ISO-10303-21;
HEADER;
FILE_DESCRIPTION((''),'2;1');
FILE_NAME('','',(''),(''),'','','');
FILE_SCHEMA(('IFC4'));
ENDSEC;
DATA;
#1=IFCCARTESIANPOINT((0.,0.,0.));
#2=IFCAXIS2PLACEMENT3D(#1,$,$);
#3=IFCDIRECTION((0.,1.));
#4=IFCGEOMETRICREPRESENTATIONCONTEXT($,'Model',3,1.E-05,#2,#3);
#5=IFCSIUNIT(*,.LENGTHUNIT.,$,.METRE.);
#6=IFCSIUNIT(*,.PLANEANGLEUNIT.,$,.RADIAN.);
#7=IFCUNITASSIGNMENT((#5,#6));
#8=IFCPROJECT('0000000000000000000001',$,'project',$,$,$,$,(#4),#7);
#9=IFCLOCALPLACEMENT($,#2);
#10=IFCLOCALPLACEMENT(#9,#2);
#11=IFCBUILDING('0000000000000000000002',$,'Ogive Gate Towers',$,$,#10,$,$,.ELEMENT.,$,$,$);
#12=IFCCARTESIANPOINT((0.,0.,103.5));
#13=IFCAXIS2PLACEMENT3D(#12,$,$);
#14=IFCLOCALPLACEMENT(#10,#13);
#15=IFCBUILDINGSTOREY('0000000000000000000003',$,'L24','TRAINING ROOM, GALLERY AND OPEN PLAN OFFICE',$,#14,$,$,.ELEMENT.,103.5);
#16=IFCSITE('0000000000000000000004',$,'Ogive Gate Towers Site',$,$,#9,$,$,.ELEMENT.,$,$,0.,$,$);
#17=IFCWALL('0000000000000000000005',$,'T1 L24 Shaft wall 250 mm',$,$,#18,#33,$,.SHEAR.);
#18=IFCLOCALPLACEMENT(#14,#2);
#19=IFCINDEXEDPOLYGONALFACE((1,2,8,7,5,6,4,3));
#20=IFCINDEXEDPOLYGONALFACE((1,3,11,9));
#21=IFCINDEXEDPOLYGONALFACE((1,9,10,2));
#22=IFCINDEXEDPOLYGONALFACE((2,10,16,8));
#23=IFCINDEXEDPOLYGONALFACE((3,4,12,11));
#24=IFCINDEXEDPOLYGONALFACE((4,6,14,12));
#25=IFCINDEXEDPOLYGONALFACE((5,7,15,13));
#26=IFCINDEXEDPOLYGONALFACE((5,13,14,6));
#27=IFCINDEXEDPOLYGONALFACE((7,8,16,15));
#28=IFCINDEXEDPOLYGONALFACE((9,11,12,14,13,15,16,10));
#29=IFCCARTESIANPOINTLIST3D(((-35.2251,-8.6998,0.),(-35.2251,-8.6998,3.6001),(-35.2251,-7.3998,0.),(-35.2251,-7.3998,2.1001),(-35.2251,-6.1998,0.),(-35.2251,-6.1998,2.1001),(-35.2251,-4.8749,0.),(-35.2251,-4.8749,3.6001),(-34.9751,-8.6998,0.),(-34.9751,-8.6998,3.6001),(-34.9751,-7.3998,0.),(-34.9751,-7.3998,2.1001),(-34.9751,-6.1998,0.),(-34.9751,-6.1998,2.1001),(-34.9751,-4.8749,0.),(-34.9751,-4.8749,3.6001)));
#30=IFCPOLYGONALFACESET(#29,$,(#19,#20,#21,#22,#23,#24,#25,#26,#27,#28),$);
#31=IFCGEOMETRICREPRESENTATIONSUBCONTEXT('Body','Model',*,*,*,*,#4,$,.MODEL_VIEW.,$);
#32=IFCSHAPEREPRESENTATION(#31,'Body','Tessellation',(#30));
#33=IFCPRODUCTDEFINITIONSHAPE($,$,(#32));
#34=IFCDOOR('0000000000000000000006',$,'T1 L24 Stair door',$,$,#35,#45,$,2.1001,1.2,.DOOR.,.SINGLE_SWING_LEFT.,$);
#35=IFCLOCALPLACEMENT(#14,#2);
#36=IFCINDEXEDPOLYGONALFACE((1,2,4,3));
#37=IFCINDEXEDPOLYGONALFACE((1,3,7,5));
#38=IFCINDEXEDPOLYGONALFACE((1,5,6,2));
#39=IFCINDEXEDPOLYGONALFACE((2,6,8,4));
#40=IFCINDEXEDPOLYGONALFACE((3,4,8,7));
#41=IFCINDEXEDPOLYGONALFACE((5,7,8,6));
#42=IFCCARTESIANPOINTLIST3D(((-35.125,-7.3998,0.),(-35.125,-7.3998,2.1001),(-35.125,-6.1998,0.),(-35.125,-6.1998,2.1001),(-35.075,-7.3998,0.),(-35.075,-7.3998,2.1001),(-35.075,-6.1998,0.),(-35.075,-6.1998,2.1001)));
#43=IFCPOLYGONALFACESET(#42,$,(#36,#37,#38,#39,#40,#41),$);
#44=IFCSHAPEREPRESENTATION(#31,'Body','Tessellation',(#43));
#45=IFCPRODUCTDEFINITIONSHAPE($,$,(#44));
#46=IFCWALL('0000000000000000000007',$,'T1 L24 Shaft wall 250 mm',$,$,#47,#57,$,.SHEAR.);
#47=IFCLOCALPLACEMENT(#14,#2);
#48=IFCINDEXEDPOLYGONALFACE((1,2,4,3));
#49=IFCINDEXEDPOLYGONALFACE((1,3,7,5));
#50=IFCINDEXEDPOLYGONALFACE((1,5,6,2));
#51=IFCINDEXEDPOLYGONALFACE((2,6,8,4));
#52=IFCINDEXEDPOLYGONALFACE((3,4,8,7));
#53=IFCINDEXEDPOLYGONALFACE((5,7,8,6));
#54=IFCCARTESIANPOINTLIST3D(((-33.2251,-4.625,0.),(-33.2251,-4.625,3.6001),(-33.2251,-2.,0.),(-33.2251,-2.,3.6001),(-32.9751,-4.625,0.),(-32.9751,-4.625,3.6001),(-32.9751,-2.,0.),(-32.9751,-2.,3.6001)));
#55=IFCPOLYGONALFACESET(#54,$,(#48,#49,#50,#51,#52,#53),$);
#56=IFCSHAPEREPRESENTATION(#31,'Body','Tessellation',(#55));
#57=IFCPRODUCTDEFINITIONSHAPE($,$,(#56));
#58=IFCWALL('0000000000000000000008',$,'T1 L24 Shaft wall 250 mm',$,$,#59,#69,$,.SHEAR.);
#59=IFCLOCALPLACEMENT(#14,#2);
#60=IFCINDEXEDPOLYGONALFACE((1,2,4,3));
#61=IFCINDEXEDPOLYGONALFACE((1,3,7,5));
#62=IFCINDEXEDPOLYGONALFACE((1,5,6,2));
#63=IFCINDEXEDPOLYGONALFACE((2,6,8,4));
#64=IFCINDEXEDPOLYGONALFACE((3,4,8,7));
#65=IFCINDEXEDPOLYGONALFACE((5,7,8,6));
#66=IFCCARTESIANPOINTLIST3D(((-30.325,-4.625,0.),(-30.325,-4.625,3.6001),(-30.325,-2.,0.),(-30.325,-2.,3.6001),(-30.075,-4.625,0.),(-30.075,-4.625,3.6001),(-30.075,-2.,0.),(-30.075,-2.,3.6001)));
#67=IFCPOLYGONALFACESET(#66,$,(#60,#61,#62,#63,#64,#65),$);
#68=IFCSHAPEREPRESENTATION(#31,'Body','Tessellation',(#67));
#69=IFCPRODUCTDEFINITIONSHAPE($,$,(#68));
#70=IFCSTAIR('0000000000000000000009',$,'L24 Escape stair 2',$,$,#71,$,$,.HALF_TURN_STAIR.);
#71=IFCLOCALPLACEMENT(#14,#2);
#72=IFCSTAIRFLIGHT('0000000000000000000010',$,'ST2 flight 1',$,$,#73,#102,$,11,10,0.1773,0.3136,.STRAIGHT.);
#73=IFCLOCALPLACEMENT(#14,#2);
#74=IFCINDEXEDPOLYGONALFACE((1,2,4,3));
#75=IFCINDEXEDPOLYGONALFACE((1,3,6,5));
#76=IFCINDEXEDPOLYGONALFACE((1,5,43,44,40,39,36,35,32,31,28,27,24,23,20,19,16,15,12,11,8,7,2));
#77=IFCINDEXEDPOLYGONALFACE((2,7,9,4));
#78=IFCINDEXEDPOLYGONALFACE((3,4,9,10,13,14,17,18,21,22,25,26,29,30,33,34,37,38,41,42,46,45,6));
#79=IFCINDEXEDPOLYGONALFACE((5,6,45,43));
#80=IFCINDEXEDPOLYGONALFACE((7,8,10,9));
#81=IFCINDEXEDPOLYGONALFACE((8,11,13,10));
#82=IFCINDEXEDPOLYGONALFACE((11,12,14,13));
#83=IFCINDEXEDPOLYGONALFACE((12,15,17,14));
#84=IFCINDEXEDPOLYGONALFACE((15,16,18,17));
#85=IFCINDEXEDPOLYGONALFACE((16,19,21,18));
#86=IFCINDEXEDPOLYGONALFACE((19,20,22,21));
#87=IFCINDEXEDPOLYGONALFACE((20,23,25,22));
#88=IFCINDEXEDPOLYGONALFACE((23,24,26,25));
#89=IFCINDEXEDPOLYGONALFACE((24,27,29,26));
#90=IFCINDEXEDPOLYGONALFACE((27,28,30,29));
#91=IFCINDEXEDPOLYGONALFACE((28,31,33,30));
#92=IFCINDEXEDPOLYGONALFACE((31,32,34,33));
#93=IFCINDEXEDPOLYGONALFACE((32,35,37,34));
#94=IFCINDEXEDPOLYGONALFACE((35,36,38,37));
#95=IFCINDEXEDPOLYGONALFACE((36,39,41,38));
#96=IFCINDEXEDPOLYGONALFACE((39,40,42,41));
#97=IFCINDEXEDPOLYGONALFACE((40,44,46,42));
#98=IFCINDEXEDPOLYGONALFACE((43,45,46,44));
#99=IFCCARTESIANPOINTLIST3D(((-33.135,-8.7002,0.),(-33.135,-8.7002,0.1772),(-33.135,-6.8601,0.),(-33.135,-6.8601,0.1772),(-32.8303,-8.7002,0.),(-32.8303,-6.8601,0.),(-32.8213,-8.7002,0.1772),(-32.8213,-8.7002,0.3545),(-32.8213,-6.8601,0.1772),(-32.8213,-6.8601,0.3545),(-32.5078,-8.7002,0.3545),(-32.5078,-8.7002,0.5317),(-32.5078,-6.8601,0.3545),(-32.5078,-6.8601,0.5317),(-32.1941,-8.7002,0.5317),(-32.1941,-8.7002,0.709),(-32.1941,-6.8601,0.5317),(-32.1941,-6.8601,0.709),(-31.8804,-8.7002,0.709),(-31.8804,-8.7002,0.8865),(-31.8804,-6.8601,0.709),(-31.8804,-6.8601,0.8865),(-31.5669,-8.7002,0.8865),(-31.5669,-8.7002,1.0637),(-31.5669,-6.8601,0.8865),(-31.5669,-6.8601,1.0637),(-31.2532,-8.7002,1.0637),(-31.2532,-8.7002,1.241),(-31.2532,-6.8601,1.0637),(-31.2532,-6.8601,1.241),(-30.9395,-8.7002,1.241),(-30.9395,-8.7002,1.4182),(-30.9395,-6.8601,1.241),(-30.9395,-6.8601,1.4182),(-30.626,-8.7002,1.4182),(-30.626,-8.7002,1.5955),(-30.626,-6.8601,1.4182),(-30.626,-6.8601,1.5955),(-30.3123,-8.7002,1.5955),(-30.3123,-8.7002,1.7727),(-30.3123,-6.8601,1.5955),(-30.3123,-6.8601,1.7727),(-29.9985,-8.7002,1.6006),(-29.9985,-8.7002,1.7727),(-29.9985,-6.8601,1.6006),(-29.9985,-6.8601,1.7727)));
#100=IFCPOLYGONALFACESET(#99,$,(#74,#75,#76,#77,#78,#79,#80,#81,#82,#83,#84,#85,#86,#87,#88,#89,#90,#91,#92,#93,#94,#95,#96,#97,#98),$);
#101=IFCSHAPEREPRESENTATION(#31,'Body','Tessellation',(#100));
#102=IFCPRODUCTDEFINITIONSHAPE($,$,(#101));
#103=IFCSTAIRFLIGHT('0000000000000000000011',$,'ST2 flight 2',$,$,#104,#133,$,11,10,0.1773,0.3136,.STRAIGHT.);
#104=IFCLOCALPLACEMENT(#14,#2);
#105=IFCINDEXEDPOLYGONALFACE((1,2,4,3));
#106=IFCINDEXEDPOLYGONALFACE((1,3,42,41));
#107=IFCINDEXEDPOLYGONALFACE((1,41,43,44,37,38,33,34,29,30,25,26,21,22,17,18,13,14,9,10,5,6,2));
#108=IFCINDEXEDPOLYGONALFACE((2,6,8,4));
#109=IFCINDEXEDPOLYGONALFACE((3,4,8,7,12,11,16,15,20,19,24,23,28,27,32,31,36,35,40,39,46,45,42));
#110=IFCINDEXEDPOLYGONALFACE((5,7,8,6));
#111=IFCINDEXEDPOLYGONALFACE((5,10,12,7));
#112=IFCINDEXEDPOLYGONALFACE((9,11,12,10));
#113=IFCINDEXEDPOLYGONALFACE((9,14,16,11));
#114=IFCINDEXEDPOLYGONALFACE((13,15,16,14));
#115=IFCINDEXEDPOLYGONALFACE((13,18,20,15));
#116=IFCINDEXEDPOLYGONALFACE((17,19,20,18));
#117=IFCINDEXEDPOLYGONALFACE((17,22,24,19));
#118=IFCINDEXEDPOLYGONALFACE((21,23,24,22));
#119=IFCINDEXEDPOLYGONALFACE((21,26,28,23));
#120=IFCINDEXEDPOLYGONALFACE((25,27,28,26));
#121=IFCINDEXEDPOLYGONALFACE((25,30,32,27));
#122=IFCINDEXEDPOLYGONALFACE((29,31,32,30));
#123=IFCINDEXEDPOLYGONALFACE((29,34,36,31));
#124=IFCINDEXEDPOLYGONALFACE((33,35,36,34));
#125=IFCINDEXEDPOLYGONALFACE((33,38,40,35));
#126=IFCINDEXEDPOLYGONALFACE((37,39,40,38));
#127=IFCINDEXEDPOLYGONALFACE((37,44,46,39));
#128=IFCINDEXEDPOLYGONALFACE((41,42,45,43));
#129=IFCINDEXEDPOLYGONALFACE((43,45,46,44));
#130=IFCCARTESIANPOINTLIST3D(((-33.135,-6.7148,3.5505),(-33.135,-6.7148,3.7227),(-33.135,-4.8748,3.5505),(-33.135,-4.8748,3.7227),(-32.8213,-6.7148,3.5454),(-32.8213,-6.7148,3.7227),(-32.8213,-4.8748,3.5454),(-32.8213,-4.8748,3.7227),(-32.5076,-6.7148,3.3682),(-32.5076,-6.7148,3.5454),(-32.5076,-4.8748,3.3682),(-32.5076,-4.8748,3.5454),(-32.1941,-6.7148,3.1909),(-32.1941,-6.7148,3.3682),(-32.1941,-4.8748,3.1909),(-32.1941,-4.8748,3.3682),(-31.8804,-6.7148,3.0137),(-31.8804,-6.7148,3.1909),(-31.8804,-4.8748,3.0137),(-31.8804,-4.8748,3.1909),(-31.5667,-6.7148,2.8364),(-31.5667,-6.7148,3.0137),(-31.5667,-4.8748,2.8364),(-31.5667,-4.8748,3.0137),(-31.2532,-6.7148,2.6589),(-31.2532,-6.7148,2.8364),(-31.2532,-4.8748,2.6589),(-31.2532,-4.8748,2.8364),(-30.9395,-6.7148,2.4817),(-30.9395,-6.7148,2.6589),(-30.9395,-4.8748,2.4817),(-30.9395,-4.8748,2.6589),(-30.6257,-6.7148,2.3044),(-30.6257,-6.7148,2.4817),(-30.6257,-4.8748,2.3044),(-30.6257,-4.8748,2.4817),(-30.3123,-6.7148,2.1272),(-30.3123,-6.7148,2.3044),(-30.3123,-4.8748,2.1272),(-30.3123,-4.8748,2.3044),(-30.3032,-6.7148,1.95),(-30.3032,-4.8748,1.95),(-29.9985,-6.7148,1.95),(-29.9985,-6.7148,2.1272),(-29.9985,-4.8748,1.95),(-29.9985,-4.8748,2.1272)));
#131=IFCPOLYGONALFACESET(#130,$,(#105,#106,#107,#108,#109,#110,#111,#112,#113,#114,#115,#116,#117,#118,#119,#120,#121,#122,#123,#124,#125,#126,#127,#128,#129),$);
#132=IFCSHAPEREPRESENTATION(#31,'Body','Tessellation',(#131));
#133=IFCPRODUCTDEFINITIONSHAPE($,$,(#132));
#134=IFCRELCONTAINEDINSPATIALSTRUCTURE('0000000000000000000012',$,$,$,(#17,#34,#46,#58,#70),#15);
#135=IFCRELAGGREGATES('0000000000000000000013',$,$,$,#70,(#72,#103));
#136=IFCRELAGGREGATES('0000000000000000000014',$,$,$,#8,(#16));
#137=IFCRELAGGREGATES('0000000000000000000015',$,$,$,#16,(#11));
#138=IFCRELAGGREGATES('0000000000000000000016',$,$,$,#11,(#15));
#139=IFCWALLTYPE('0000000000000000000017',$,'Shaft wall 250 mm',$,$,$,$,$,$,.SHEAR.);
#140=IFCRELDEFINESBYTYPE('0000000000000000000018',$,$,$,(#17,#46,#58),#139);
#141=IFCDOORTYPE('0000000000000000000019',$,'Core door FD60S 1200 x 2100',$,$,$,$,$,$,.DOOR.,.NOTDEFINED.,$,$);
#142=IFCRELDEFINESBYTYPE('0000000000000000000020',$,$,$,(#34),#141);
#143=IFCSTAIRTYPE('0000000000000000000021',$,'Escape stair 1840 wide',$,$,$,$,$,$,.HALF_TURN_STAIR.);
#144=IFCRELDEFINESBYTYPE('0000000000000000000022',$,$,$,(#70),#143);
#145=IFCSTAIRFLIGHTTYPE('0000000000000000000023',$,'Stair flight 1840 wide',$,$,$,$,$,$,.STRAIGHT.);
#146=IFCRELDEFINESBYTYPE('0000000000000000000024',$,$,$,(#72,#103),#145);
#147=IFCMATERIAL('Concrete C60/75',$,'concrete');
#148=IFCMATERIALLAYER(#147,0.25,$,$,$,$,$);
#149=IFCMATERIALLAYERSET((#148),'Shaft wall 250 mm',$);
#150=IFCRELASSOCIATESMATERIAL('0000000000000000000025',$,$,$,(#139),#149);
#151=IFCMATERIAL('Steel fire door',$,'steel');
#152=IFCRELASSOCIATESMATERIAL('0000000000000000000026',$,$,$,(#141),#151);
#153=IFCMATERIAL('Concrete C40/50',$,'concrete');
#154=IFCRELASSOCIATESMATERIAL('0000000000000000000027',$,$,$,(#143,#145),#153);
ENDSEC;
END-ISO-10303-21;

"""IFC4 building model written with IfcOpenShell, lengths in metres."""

from ifc_helpers import new_model, si_unit, direction, frame, frame_2d, origin, place, context, subcontext, project, spatial, polyline, rectangle, outline, extrude, material, layer, layer_set, type_object, element, fill, aggregate, save


model = new_model("IFC4")

# Units and contexts
model_context = context("Model", 3, precision=1e-05, world=origin(), true_north=direction((0.0, 1.0)))
body_context = subcontext(model_context, "Body", "Model", "MODEL_VIEW")
ifc_project = project(units=[si_unit("LENGTHUNIT", "METRE"), si_unit("PLANEANGLEUNIT", "RADIAN")], contexts=[model_context])

# Site, building, storey
site_placement = place(None, origin())
site = spatial("IfcSite", under=ifc_project, at=site_placement, Name="Ogive Gate Towers Site", CompositionType="ELEMENT", RefElevation=0.0)
building_placement = place(site_placement, origin())
building = spatial("IfcBuilding", under=site, at=building_placement, Name="Ogive Gate Towers", CompositionType="ELEMENT")
storey_placement = place(building_placement, frame((0.0, 0.0, 103.5)))
storey = spatial("IfcBuildingStorey", under=building, at=storey_placement, Name="L24", Description="TRAINING ROOM, GALLERY AND OPEN PLAN OFFICE", CompositionType="ELEMENT", Elevation=103.5)

# Shared definitions
ifc_material_1 = material(Name="Concrete C60/75", Category="concrete")
ifc_material_2 = material(Name="Steel fire door", Category="steel")

# Wall, opening, door
ifc_layer_1 = layer(ifc_material_1, 0.25)
ifc_layer_set_1 = layer_set([ifc_layer_1], Name="Shaft wall 250 mm")
wall_type_1 = type_object("IfcWallType", Name="Shaft wall 250 mm", PredefinedType="SHEAR", material=ifc_layer_set_1)
wall_1_placement = place(storey_placement, frame((-35.1001, -8.7, 0.0), z_axis=(0.0, 0.0, 1.0), x_axis=(0.0, 1.0, 0.0)))
wall_1 = element("IfcWall", 1, at=wall_1_placement, inside=storey, type_object=wall_type_1, Name="T1 L24 Shaft wall 250 mm", PredefinedType="SHEAR", context=body_context, shape_type="SweptSolid", body=[
    extrude(rectangle(XDim=3.825, YDim=0.25, at=frame_2d((1.9126, 0.0))), origin(), (0.0, 0.0, 1.0), 3.6001),
])
opening_1_placement = place(wall_1_placement, frame((1.3, 0.0, 0.0)))
opening_1 = element("IfcOpeningElement", 2, at=opening_1_placement, cuts=wall_1, PredefinedType="OPENING", context=body_context, shape_type="SweptSolid", body=[
    extrude(rectangle(XDim=1.2, YDim=2.1001, at=frame_2d((0.6001, 1.05))), frame((0.0, 0.135, 0.0), z_axis=(0.0, -1.0, 0.0), x_axis=(1.0, 0.0, 0.0)), (0.0, 0.0, 1.0), 0.27),
])
door_type_1 = type_object("IfcDoorType", Name="Core door FD60S 1200 x 2100", OperationType="NOTDEFINED", PredefinedType="DOOR", material=ifc_material_2)
door_1_placement = place(opening_1_placement, origin())
door_1 = element("IfcDoor", 3, at=door_1_placement, inside=storey, type_object=door_type_1, Name="T1 L24 Stair door", OperationType="SINGLE_SWING_LEFT", OverallHeight=2.1001, OverallWidth=1.2, PredefinedType="DOOR", context=body_context, shape_type="SweptSolid", body=[
    extrude(rectangle(XDim=1.2, YDim=2.1001, at=frame_2d((0.6001, 1.05))), frame((0.0, 0.0249, 0.0), z_axis=(0.0, -1.0, 0.0), x_axis=(1.0, 0.0, 0.0)), (0.0, 0.0, 1.0), 0.05),
])
fill(opening_1, door_1)

# Walls
for number, where, z_axis, x_axis, name in (
    (4, (-33.1001, -4.625, 0.0), (0.0, 0.0, 1.0), (0.0, 1.0, 0.0), "T1 L24 Shaft wall 250 mm"),
    (5, (-30.2, -4.625, 0.0), (0.0, 0.0, 1.0), (0.0, 1.0, 0.0), "T1 L24 Shaft wall 250 mm"),
):
    element("IfcWall", number, at=place(storey_placement, frame(where, z_axis=z_axis, x_axis=x_axis)), inside=storey, type_object=wall_type_1, Name=name, PredefinedType="SHEAR", context=body_context, shape_type="SweptSolid", body=[
        extrude(rectangle(XDim=2.625, YDim=0.25, at=frame_2d((1.3125, 0.0))), origin(), (0.0, 0.0, 1.0), 3.6001),
    ])

# Stair, stair flights
ifc_material_3 = material(Name="Concrete C40/50", Category="concrete")
stair_type = type_object("IfcStairType", Name="Escape stair 1840 wide", PredefinedType="HALF_TURN_STAIR", material=ifc_material_3)
stair_placement = place(storey_placement, origin())
stair = element("IfcStair", 6, at=stair_placement, inside=storey, type_object=stair_type, Name="L24 Escape stair 2", PredefinedType="HALF_TURN_STAIR")
stair_flight_type = type_object("IfcStairFlightType", Name="Stair flight 1840 wide", PredefinedType="STRAIGHT", material=ifc_material_3)
stair_flight_1_placement = place(storey_placement, frame((-33.135, -7.78, 0.0), z_axis=(0.0, 0.0, 1.0), x_axis=(1.0, 0.0, 0.0)))
stair_flight_1 = element("IfcStairFlight", 7, at=stair_flight_1_placement, type_object=stair_flight_type, Name="ST2 flight 1", NumberOfRisers=11, NumberOfTreads=10, PredefinedType="STRAIGHT", RiserHeight=0.1773, TreadLength=0.3136, context=body_context, shape_type="SweptSolid", body=[
    extrude(outline(polyline([(0.0, 0.0), (0.0, 0.1772), (0.3137, 0.1772), (0.3137, 0.3545), (0.6272, 0.3545), (0.6272, 0.5317), (0.9409, 0.5317), (0.9409, 0.709), (1.2546, 0.709), (1.2546, 0.8865), (1.5681, 0.8865), (1.5681, 1.0637), (1.8818, 1.0637), (1.8818, 1.241), (2.1956, 1.241), (2.1956, 1.4182), (2.509, 1.4182), (2.509, 1.5955), (2.8228, 1.5955), (2.8228, 1.7727), (3.1365, 1.7727), (3.1365, 1.95), (3.1365, 1.6006), (0.3047, 0.0), (0.0, 0.0)])), frame((0.0, 0.9199, 0.0), z_axis=(0.0, -1.0, 0.0), x_axis=(1.0, 0.0, 0.0)), (0.0, 0.0, 1.0), 1.8401),
])
stair_flight_2_placement = place(storey_placement, frame((-29.9985, -5.7949, 1.95), z_axis=(0.0, 0.0, 1.0), x_axis=(-1.0, 0.0, 0.0)))
stair_flight_2 = element("IfcStairFlight", 8, at=stair_flight_2_placement, type_object=stair_flight_type, Name="ST2 flight 2", NumberOfRisers=11, NumberOfTreads=10, PredefinedType="STRAIGHT", RiserHeight=0.1773, TreadLength=0.3136, context=body_context, shape_type="SweptSolid", body=[
    extrude(outline(polyline([(0.0, 0.0), (0.0, 0.1772), (0.3137, 0.1772), (0.3137, 0.3545), (0.6272, 0.3545), (0.6272, 0.5317), (0.9409, 0.5317), (0.9409, 0.709), (1.2546, 0.709), (1.2546, 0.8865), (1.5681, 0.8865), (1.5681, 1.0637), (1.8818, 1.0637), (1.8818, 1.241), (2.1956, 1.241), (2.1956, 1.4182), (2.509, 1.4182), (2.509, 1.5955), (2.8228, 1.5955), (2.8228, 1.7727), (3.1365, 1.7727), (3.1365, 1.95), (3.1365, 1.6006), (0.3047, 0.0), (0.0, 0.0)])), frame((0.0, 0.9199, 0.0), z_axis=(0.0, -1.0, 0.0), x_axis=(1.0, 0.0, 0.0)), (0.0, 0.0, 1.0), 1.8401),
])
aggregate(stair, [stair_flight_1, stair_flight_2])

save(model, "model.ifc")
